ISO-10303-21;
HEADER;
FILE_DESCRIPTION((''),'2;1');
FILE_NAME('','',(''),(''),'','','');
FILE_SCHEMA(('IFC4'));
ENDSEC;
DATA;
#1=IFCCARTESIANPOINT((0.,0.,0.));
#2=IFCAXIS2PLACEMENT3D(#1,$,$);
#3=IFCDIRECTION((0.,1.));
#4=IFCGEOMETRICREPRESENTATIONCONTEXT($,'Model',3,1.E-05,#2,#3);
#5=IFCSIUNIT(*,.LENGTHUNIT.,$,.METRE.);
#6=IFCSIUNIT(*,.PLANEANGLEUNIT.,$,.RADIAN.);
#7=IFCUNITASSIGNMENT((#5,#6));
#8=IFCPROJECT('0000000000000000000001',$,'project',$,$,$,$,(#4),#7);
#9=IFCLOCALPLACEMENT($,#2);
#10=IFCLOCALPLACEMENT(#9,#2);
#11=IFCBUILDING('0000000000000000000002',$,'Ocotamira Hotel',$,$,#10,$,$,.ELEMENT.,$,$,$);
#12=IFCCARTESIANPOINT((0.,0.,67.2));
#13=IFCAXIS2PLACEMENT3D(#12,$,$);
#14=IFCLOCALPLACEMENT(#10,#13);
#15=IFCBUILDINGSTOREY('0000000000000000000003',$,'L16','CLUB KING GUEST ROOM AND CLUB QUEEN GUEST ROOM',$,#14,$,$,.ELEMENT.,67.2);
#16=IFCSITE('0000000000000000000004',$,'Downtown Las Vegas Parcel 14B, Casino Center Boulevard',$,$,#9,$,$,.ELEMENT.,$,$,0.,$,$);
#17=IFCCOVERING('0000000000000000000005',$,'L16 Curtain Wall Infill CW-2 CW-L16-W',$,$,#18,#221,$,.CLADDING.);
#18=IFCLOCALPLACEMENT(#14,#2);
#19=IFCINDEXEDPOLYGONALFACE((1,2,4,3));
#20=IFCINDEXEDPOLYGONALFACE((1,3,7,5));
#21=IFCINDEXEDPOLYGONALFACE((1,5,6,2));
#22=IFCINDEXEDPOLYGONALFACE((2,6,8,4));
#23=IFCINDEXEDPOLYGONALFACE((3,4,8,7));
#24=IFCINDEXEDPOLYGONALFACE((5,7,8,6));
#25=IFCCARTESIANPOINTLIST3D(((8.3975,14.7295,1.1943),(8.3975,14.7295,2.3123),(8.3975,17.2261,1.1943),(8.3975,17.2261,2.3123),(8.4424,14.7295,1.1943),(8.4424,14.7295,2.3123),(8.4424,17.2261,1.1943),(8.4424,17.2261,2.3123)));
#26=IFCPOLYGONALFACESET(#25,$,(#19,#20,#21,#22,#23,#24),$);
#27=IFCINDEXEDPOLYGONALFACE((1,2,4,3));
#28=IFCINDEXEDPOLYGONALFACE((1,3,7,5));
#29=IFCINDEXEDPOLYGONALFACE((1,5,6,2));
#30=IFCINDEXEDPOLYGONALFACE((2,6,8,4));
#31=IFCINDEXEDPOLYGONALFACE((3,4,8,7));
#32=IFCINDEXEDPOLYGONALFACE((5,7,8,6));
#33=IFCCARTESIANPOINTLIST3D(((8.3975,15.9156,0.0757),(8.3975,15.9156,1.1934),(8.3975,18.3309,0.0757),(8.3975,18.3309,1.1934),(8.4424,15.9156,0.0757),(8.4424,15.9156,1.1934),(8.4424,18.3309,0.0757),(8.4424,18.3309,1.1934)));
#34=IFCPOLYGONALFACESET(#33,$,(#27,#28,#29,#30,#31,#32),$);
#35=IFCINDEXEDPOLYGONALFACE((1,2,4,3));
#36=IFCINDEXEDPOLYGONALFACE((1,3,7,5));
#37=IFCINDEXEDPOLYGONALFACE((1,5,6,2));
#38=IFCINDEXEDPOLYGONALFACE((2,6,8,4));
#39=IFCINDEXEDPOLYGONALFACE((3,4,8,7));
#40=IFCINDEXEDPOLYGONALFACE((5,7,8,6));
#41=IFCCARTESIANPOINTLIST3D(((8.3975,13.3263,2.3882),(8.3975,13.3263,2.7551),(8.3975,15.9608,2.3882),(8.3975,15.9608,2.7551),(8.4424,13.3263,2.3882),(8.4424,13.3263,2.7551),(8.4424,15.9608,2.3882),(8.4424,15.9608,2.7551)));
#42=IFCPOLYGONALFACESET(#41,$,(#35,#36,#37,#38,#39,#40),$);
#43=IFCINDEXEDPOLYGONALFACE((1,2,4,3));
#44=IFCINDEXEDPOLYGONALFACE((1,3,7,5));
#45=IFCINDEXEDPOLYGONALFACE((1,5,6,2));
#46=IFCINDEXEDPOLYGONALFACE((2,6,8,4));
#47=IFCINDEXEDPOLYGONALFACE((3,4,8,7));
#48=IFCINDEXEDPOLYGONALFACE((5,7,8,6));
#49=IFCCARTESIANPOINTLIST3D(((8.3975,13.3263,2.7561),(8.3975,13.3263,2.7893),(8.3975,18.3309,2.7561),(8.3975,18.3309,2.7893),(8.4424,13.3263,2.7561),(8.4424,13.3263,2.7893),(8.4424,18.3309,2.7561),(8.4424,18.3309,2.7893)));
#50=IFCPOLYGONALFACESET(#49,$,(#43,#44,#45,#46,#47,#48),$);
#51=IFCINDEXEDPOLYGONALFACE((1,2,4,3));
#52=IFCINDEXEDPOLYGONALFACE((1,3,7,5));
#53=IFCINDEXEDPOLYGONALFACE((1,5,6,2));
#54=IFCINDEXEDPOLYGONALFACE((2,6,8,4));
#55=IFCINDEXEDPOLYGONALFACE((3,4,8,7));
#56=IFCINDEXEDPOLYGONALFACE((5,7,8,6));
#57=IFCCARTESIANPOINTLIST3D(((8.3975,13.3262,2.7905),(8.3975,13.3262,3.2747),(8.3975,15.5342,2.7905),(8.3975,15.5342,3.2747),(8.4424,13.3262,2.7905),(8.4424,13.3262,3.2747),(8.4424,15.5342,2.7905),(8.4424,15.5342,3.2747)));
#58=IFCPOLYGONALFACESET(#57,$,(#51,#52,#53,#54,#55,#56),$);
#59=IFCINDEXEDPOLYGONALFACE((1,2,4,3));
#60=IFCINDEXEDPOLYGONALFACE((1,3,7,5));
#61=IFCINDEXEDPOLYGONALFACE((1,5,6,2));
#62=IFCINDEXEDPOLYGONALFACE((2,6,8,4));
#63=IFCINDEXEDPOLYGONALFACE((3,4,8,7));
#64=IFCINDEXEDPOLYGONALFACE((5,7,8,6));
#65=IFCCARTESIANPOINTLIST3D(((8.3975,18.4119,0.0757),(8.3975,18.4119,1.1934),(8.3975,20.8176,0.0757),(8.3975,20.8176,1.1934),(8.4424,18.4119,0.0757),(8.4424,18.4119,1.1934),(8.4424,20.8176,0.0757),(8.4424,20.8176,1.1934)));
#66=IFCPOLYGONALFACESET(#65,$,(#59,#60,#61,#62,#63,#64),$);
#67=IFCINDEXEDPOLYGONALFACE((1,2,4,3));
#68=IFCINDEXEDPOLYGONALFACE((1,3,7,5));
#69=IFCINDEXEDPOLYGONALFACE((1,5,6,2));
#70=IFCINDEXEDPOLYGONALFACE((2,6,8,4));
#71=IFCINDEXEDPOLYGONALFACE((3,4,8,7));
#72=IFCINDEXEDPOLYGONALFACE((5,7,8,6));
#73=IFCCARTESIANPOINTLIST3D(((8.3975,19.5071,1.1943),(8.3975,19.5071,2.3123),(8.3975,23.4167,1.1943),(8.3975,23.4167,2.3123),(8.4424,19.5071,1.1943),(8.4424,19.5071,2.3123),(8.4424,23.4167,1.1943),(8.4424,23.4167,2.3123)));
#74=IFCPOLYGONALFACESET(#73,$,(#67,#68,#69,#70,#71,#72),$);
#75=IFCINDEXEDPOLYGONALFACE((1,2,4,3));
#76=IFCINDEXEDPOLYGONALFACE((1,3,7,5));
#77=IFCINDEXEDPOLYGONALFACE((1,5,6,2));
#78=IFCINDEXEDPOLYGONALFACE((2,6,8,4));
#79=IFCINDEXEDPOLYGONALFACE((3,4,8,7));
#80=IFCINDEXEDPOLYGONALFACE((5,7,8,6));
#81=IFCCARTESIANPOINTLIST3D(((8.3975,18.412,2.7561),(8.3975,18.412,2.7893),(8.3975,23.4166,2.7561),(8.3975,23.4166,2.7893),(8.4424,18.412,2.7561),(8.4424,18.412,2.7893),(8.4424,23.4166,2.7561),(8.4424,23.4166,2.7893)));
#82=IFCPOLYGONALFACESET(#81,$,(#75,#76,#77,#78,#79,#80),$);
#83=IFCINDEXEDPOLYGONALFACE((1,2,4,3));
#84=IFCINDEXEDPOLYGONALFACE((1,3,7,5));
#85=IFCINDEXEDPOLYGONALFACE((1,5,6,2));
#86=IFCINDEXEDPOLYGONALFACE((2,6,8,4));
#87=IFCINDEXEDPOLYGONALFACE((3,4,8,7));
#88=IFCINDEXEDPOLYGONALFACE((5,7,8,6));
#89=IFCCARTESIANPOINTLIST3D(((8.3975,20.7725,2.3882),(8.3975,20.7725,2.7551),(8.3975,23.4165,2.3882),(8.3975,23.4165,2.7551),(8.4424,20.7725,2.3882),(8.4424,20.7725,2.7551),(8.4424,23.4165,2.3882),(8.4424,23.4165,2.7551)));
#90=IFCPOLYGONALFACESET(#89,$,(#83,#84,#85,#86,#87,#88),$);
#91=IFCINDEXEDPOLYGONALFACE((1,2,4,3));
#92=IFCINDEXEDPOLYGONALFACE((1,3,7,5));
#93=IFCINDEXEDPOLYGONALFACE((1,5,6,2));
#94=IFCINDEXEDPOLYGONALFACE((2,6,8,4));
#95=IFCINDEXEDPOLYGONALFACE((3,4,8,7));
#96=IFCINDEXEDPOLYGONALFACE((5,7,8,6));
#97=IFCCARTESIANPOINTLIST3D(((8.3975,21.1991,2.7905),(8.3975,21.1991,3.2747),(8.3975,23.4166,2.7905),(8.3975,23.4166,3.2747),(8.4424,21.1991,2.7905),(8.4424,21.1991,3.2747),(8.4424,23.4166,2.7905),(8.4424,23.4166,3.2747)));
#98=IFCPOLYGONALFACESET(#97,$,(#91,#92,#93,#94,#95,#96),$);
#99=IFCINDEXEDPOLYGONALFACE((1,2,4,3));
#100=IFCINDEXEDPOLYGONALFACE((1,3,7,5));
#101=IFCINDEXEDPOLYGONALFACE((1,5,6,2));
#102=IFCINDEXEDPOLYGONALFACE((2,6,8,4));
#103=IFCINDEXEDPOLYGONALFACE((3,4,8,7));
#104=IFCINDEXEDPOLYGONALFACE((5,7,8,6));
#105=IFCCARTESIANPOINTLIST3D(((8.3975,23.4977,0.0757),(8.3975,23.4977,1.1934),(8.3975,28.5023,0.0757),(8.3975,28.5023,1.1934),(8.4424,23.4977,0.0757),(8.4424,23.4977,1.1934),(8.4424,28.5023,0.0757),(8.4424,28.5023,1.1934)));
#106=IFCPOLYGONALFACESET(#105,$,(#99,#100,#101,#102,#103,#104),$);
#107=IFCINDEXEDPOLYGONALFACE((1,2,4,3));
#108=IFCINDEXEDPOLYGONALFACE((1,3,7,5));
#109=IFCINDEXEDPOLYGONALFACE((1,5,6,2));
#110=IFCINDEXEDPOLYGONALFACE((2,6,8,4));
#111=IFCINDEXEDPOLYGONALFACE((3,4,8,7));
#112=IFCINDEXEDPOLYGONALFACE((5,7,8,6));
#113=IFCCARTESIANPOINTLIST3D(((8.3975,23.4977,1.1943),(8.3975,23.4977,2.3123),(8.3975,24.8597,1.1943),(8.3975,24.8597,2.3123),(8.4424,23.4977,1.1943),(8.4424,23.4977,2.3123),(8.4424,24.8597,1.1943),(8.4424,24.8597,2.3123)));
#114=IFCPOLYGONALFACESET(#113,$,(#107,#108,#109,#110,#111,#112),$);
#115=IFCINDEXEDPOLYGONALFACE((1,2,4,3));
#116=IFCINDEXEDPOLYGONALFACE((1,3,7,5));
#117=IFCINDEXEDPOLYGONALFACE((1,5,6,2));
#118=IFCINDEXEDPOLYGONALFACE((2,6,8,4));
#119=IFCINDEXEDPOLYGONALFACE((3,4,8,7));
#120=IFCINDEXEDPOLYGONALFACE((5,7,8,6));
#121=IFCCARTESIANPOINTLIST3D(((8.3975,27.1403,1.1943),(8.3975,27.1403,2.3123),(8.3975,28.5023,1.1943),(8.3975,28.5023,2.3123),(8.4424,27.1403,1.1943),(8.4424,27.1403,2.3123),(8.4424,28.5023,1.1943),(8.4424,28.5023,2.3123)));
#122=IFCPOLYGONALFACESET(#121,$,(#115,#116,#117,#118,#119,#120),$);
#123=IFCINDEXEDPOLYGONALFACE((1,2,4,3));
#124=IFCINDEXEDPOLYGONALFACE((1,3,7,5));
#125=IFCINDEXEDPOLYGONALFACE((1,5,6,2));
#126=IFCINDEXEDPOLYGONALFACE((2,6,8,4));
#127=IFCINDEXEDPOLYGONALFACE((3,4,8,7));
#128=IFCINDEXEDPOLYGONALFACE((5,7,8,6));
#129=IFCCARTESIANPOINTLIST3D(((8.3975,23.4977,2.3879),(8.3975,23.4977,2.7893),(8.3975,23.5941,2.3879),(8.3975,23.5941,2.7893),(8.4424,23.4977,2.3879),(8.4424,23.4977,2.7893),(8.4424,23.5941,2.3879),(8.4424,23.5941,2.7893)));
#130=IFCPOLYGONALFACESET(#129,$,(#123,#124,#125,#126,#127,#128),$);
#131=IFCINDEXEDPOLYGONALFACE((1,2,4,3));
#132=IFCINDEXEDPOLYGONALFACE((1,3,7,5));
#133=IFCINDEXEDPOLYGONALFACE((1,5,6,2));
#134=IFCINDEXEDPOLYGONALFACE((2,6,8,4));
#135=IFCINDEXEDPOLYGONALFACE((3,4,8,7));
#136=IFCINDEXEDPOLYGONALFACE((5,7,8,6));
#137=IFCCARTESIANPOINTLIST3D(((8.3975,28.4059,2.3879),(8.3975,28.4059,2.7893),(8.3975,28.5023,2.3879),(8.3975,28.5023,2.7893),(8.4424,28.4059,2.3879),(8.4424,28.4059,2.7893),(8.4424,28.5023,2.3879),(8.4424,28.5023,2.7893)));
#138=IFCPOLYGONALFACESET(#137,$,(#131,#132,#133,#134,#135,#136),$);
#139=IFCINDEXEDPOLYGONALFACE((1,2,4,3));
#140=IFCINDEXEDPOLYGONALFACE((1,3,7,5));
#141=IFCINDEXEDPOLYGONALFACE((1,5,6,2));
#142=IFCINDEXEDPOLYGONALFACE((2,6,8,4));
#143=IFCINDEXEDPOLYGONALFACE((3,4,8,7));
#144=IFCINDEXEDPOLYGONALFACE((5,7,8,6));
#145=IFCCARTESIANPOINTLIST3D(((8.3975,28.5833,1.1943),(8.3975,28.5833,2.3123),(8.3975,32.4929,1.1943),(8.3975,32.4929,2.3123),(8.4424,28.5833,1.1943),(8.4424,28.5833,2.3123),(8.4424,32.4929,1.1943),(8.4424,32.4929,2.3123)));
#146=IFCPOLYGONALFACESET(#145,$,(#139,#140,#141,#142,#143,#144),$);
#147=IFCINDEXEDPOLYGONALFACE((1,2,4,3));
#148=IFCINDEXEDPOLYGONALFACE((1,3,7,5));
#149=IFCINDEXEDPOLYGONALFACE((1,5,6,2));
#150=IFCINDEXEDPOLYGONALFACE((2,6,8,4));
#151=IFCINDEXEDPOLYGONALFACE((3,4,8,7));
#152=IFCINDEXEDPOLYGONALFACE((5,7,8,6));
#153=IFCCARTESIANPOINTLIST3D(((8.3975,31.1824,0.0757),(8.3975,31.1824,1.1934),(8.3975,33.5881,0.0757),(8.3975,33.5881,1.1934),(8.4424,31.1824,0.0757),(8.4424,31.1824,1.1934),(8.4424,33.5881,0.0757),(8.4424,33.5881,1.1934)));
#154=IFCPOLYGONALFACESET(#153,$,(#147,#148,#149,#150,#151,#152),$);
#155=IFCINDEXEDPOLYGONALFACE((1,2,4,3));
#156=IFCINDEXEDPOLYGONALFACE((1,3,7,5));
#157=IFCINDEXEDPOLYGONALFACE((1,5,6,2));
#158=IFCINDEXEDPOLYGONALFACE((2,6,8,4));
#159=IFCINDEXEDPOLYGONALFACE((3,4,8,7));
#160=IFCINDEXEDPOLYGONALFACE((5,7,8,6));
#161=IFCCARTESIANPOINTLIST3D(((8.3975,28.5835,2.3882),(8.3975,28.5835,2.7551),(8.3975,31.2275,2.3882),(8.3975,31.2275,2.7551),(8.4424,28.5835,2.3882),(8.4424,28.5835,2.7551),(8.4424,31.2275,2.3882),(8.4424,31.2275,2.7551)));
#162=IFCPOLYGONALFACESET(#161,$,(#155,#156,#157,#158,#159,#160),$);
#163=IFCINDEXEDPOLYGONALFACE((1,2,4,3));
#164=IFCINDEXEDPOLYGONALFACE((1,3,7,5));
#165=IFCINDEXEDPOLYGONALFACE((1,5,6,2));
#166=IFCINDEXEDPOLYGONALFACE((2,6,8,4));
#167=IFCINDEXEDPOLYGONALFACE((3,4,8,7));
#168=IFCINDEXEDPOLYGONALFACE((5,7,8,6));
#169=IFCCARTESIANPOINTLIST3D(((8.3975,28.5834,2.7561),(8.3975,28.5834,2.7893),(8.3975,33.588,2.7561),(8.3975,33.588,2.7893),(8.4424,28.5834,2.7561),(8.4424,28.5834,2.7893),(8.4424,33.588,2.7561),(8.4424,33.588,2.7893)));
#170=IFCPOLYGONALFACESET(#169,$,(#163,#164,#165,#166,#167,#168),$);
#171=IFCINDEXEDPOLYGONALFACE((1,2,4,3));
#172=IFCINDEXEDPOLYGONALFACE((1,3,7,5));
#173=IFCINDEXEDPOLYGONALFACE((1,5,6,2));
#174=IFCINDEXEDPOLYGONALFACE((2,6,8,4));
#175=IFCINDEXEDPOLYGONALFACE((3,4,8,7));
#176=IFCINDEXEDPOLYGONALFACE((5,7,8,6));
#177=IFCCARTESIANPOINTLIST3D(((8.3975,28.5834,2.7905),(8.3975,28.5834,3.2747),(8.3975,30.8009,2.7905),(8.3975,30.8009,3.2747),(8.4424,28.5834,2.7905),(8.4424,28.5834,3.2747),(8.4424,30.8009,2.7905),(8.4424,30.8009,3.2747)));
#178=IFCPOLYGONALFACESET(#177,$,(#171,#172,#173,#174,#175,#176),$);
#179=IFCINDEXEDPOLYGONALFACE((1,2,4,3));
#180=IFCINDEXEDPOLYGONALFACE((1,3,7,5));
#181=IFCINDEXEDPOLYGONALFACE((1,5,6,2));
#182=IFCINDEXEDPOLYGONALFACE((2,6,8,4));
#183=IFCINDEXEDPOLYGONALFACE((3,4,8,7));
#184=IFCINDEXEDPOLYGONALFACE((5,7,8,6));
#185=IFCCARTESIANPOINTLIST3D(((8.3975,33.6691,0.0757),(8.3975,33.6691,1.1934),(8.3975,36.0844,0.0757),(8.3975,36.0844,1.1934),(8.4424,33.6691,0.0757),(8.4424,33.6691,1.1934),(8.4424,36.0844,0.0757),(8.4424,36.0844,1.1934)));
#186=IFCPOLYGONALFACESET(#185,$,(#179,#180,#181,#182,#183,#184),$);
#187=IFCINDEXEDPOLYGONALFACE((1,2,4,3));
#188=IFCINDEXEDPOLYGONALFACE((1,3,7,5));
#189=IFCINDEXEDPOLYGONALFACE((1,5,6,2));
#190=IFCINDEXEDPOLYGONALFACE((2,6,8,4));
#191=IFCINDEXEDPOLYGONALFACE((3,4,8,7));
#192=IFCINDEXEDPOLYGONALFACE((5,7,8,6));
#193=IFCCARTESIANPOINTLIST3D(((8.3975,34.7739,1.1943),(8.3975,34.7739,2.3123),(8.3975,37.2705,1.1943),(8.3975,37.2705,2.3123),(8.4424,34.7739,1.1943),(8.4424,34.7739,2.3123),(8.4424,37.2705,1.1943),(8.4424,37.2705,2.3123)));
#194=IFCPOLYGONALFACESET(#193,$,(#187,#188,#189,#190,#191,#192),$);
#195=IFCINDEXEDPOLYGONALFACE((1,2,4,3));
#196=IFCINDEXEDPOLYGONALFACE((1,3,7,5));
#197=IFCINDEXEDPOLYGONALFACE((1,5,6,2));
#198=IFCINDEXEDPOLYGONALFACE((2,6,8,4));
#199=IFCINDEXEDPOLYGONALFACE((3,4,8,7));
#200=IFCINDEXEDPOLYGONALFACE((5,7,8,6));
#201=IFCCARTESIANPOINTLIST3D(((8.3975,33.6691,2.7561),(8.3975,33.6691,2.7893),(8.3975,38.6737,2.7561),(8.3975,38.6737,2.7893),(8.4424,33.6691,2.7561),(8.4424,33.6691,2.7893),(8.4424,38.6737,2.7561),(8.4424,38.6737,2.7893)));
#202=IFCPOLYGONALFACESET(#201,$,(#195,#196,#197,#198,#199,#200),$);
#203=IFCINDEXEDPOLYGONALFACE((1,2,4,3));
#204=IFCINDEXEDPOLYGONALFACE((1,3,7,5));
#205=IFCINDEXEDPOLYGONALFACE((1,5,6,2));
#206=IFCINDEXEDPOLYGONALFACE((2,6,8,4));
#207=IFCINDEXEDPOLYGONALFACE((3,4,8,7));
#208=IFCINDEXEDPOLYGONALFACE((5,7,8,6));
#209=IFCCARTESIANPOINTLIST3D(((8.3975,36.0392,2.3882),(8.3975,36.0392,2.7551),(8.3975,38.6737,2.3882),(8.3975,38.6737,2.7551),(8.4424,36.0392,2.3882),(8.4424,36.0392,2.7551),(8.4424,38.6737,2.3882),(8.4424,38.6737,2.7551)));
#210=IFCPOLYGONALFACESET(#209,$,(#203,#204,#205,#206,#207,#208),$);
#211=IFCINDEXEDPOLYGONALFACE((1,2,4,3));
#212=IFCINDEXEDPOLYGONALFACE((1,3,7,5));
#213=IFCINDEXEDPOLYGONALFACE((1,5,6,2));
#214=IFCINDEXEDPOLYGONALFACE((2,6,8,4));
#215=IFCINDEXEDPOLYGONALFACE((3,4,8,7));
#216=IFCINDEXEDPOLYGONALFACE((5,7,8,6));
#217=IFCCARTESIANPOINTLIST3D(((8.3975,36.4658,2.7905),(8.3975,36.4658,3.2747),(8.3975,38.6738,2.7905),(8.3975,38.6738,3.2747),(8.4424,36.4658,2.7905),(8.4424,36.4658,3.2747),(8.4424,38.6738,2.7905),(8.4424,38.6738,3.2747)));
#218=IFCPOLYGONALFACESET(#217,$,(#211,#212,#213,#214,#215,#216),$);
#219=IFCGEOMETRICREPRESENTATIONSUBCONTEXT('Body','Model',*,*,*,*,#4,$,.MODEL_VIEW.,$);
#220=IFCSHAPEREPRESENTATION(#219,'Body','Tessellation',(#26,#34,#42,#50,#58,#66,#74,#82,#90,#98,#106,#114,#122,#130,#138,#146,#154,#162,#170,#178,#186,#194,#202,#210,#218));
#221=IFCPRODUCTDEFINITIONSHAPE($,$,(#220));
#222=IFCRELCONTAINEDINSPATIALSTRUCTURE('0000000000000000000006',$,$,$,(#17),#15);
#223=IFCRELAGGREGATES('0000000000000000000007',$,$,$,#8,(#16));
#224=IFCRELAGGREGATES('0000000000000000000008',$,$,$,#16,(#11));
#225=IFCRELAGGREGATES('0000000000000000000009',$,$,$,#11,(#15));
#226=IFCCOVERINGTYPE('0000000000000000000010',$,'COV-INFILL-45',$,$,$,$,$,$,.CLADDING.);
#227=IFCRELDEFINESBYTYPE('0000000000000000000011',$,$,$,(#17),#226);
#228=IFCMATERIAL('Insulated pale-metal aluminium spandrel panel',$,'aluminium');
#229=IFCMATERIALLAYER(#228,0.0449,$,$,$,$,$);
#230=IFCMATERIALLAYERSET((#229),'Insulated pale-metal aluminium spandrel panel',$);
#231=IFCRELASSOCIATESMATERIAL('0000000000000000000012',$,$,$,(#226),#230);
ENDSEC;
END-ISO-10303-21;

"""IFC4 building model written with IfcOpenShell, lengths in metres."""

from ifc_helpers import new_model, si_unit, direction, frame, origin, origin_2d, place, context, subcontext, project, spatial, rectangle, extrude, material, layer, layer_set, type_object, element, save


model = new_model("IFC4")

# Units and contexts
model_context = context("Model", 3, precision=1e-05, world=origin(), true_north=direction((0.0, 1.0)))
body_context = subcontext(model_context, "Body", "Model", "MODEL_VIEW")
ifc_project = project(units=[si_unit("LENGTHUNIT", "METRE"), si_unit("PLANEANGLEUNIT", "RADIAN")], contexts=[model_context])

# Site, building, storey
site_placement = place(None, origin())
site = spatial("IfcSite", under=ifc_project, at=site_placement, Name="Downtown Las Vegas Parcel 14B, Casino Center Boulevard", CompositionType="ELEMENT", RefElevation=0.0)
building_placement = place(site_placement, origin())
building = spatial("IfcBuilding", under=site, at=building_placement, Name="Ocotamira Hotel", CompositionType="ELEMENT")
storey_placement = place(building_placement, frame((0.0, 0.0, 67.2)))
storey = spatial("IfcBuildingStorey", under=building, at=storey_placement, Name="L16", Description="CLUB KING GUEST ROOM AND CLUB QUEEN GUEST ROOM", CompositionType="ELEMENT", Elevation=67.2)

# Covering
ifc_material_1 = material(Name="Insulated pale-metal aluminium spandrel panel", Category="aluminium")
ifc_layer_1 = layer(ifc_material_1, 0.0449)
ifc_layer_set_1 = layer_set([ifc_layer_1], Name="Insulated pale-metal aluminium spandrel panel")
covering_type_1 = type_object("IfcCoveringType", Name="COV-INFILL-45", PredefinedType="CLADDING", material=ifc_layer_set_1)
covering_1_placement = place(storey_placement, origin())
element("IfcCovering", 1, at=covering_1_placement, inside=storey, type_object=covering_type_1, Name="L16 Curtain Wall Infill CW-2 CW-L16-W", PredefinedType="CLADDING", context=body_context, shape_type="SweptSolid", body=[
    extrude(rectangle(XDim=2.4966, YDim=0.0449, at=origin_2d()), frame((8.4199, 15.9778, 1.1943), z_axis=(0.0, 0.0, 1.0), x_axis=(0.0, 1.0, 0.0)), (0.0, 0.0, 1.0), 1.1179),
    extrude(rectangle(XDim=2.4153, YDim=0.0449, at=origin_2d()), frame((8.4199, 17.1233, 0.0757), z_axis=(0.0, 0.0, 1.0), x_axis=(0.0, 1.0, 0.0)), (0.0, 0.0, 1.0), 1.1177),
    extrude(rectangle(XDim=2.6345, YDim=0.0449, at=origin_2d()), frame((8.4199, 14.6436, 2.3882), z_axis=(0.0, 0.0, 1.0), x_axis=(0.0, 1.0, 0.0)), (0.0, 0.0, 1.0), 0.3669),
    extrude(rectangle(XDim=5.0046, YDim=0.0449, at=origin_2d()), frame((8.4199, 15.8286, 2.7561), z_axis=(0.0, 0.0, 1.0), x_axis=(0.0, 1.0, 0.0)), (0.0, 0.0, 1.0), 0.0332),
    extrude(rectangle(XDim=2.208, YDim=0.0449, at=origin_2d()), frame((8.4199, 14.4302, 2.7905), z_axis=(0.0, 0.0, 1.0), x_axis=(0.0, 1.0, 0.0)), (0.0, 0.0, 1.0), 0.4841),
    extrude(rectangle(XDim=2.4058, YDim=0.0449, at=origin_2d()), frame((8.4199, 19.6147, 0.0757), z_axis=(0.0, 0.0, 1.0), x_axis=(0.0, 1.0, 0.0)), (0.0, 0.0, 1.0), 1.1177),
    extrude(rectangle(XDim=3.9097, YDim=0.0449, at=origin_2d()), frame((8.4199, 21.4619, 1.1943), z_axis=(0.0, 0.0, 1.0), x_axis=(0.0, 1.0, 0.0)), (0.0, 0.0, 1.0), 1.1179),
    extrude(rectangle(XDim=5.0046, YDim=0.0449, at=origin_2d()), frame((8.4199, 20.9143, 2.7561), z_axis=(0.0, 0.0, 1.0), x_axis=(0.0, 1.0, 0.0)), (0.0, 0.0, 1.0), 0.0332),
    extrude(rectangle(XDim=2.644, YDim=0.0449, at=origin_2d()), frame((8.4199, 22.0945, 2.3882), z_axis=(0.0, 0.0, 1.0), x_axis=(0.0, 1.0, 0.0)), (0.0, 0.0, 1.0), 0.3669),
    extrude(rectangle(XDim=2.2175, YDim=0.0449, at=origin_2d()), frame((8.4199, 22.3079, 2.7905), z_axis=(0.0, 0.0, 1.0), x_axis=(0.0, 1.0, 0.0)), (0.0, 0.0, 1.0), 0.4841),
    extrude(rectangle(XDim=5.0046, YDim=0.0449, at=origin_2d()), frame((8.4199, 26.0, 0.0757), z_axis=(0.0, 0.0, 1.0), x_axis=(0.0, 1.0, 0.0)), (0.0, 0.0, 1.0), 1.1177),
    extrude(rectangle(XDim=1.3621, YDim=0.0449, at=origin_2d()), frame((8.4199, 24.1787, 1.1943), z_axis=(0.0, 0.0, 1.0), x_axis=(0.0, 1.0, 0.0)), (0.0, 0.0, 1.0), 1.1179),
    extrude(rectangle(XDim=1.3621, YDim=0.0449, at=origin_2d()), frame((8.4199, 27.8213, 1.1943), z_axis=(0.0, 0.0, 1.0), x_axis=(0.0, 1.0, 0.0)), (0.0, 0.0, 1.0), 1.1179),
    extrude(rectangle(XDim=0.0964, YDim=0.0449, at=origin_2d()), frame((8.4199, 23.5459, 2.3879), z_axis=(0.0, 0.0, 1.0), x_axis=(0.0, 1.0, 0.0)), (0.0, 0.0, 1.0), 0.4014),
    extrude(rectangle(XDim=0.0964, YDim=0.0449, at=origin_2d()), frame((8.4199, 28.4541, 2.3879), z_axis=(0.0, 0.0, 1.0), x_axis=(0.0, 1.0, 0.0)), (0.0, 0.0, 1.0), 0.4014),
    extrude(rectangle(XDim=3.9097, YDim=0.0449, at=origin_2d()), frame((8.4199, 30.5381, 1.1943), z_axis=(0.0, 0.0, 1.0), x_axis=(0.0, 1.0, 0.0)), (0.0, 0.0, 1.0), 1.1179),
    extrude(rectangle(XDim=2.4058, YDim=0.0449, at=origin_2d()), frame((8.4199, 32.3853, 0.0757), z_axis=(0.0, 0.0, 1.0), x_axis=(0.0, 1.0, 0.0)), (0.0, 0.0, 1.0), 1.1177),
    extrude(rectangle(XDim=2.644, YDim=0.0449, at=origin_2d()), frame((8.4199, 29.9055, 2.3882), z_axis=(0.0, 0.0, 1.0), x_axis=(0.0, 1.0, 0.0)), (0.0, 0.0, 1.0), 0.3669),
    extrude(rectangle(XDim=5.0046, YDim=0.0449, at=origin_2d()), frame((8.4199, 31.0857, 2.7561), z_axis=(0.0, 0.0, 1.0), x_axis=(0.0, 1.0, 0.0)), (0.0, 0.0, 1.0), 0.0332),
    extrude(rectangle(XDim=2.2175, YDim=0.0449, at=origin_2d()), frame((8.4199, 29.6921, 2.7905), z_axis=(0.0, 0.0, 1.0), x_axis=(0.0, 1.0, 0.0)), (0.0, 0.0, 1.0), 0.4841),
    extrude(rectangle(XDim=2.4153, YDim=0.0449, at=origin_2d()), frame((8.4199, 34.8767, 0.0757), z_axis=(0.0, 0.0, 1.0), x_axis=(0.0, 1.0, 0.0)), (0.0, 0.0, 1.0), 1.1177),
    extrude(rectangle(XDim=2.4966, YDim=0.0449, at=origin_2d()), frame((8.4199, 36.0222, 1.1943), z_axis=(0.0, 0.0, 1.0), x_axis=(0.0, 1.0, 0.0)), (0.0, 0.0, 1.0), 1.1179),
    extrude(rectangle(XDim=5.0046, YDim=0.0449, at=origin_2d()), frame((8.4199, 36.1714, 2.7561), z_axis=(0.0, 0.0, 1.0), x_axis=(0.0, 1.0, 0.0)), (0.0, 0.0, 1.0), 0.0332),
    extrude(rectangle(XDim=2.6345, YDim=0.0449, at=origin_2d()), frame((8.4199, 37.3564, 2.3882), z_axis=(0.0, 0.0, 1.0), x_axis=(0.0, 1.0, 0.0)), (0.0, 0.0, 1.0), 0.3669),
    extrude(rectangle(XDim=2.208, YDim=0.0449, at=origin_2d()), frame((8.4199, 37.5698, 2.7905), z_axis=(0.0, 0.0, 1.0), x_axis=(0.0, 1.0, 0.0)), (0.0, 0.0, 1.0), 0.4841),
])

save(model, "model.ifc")
